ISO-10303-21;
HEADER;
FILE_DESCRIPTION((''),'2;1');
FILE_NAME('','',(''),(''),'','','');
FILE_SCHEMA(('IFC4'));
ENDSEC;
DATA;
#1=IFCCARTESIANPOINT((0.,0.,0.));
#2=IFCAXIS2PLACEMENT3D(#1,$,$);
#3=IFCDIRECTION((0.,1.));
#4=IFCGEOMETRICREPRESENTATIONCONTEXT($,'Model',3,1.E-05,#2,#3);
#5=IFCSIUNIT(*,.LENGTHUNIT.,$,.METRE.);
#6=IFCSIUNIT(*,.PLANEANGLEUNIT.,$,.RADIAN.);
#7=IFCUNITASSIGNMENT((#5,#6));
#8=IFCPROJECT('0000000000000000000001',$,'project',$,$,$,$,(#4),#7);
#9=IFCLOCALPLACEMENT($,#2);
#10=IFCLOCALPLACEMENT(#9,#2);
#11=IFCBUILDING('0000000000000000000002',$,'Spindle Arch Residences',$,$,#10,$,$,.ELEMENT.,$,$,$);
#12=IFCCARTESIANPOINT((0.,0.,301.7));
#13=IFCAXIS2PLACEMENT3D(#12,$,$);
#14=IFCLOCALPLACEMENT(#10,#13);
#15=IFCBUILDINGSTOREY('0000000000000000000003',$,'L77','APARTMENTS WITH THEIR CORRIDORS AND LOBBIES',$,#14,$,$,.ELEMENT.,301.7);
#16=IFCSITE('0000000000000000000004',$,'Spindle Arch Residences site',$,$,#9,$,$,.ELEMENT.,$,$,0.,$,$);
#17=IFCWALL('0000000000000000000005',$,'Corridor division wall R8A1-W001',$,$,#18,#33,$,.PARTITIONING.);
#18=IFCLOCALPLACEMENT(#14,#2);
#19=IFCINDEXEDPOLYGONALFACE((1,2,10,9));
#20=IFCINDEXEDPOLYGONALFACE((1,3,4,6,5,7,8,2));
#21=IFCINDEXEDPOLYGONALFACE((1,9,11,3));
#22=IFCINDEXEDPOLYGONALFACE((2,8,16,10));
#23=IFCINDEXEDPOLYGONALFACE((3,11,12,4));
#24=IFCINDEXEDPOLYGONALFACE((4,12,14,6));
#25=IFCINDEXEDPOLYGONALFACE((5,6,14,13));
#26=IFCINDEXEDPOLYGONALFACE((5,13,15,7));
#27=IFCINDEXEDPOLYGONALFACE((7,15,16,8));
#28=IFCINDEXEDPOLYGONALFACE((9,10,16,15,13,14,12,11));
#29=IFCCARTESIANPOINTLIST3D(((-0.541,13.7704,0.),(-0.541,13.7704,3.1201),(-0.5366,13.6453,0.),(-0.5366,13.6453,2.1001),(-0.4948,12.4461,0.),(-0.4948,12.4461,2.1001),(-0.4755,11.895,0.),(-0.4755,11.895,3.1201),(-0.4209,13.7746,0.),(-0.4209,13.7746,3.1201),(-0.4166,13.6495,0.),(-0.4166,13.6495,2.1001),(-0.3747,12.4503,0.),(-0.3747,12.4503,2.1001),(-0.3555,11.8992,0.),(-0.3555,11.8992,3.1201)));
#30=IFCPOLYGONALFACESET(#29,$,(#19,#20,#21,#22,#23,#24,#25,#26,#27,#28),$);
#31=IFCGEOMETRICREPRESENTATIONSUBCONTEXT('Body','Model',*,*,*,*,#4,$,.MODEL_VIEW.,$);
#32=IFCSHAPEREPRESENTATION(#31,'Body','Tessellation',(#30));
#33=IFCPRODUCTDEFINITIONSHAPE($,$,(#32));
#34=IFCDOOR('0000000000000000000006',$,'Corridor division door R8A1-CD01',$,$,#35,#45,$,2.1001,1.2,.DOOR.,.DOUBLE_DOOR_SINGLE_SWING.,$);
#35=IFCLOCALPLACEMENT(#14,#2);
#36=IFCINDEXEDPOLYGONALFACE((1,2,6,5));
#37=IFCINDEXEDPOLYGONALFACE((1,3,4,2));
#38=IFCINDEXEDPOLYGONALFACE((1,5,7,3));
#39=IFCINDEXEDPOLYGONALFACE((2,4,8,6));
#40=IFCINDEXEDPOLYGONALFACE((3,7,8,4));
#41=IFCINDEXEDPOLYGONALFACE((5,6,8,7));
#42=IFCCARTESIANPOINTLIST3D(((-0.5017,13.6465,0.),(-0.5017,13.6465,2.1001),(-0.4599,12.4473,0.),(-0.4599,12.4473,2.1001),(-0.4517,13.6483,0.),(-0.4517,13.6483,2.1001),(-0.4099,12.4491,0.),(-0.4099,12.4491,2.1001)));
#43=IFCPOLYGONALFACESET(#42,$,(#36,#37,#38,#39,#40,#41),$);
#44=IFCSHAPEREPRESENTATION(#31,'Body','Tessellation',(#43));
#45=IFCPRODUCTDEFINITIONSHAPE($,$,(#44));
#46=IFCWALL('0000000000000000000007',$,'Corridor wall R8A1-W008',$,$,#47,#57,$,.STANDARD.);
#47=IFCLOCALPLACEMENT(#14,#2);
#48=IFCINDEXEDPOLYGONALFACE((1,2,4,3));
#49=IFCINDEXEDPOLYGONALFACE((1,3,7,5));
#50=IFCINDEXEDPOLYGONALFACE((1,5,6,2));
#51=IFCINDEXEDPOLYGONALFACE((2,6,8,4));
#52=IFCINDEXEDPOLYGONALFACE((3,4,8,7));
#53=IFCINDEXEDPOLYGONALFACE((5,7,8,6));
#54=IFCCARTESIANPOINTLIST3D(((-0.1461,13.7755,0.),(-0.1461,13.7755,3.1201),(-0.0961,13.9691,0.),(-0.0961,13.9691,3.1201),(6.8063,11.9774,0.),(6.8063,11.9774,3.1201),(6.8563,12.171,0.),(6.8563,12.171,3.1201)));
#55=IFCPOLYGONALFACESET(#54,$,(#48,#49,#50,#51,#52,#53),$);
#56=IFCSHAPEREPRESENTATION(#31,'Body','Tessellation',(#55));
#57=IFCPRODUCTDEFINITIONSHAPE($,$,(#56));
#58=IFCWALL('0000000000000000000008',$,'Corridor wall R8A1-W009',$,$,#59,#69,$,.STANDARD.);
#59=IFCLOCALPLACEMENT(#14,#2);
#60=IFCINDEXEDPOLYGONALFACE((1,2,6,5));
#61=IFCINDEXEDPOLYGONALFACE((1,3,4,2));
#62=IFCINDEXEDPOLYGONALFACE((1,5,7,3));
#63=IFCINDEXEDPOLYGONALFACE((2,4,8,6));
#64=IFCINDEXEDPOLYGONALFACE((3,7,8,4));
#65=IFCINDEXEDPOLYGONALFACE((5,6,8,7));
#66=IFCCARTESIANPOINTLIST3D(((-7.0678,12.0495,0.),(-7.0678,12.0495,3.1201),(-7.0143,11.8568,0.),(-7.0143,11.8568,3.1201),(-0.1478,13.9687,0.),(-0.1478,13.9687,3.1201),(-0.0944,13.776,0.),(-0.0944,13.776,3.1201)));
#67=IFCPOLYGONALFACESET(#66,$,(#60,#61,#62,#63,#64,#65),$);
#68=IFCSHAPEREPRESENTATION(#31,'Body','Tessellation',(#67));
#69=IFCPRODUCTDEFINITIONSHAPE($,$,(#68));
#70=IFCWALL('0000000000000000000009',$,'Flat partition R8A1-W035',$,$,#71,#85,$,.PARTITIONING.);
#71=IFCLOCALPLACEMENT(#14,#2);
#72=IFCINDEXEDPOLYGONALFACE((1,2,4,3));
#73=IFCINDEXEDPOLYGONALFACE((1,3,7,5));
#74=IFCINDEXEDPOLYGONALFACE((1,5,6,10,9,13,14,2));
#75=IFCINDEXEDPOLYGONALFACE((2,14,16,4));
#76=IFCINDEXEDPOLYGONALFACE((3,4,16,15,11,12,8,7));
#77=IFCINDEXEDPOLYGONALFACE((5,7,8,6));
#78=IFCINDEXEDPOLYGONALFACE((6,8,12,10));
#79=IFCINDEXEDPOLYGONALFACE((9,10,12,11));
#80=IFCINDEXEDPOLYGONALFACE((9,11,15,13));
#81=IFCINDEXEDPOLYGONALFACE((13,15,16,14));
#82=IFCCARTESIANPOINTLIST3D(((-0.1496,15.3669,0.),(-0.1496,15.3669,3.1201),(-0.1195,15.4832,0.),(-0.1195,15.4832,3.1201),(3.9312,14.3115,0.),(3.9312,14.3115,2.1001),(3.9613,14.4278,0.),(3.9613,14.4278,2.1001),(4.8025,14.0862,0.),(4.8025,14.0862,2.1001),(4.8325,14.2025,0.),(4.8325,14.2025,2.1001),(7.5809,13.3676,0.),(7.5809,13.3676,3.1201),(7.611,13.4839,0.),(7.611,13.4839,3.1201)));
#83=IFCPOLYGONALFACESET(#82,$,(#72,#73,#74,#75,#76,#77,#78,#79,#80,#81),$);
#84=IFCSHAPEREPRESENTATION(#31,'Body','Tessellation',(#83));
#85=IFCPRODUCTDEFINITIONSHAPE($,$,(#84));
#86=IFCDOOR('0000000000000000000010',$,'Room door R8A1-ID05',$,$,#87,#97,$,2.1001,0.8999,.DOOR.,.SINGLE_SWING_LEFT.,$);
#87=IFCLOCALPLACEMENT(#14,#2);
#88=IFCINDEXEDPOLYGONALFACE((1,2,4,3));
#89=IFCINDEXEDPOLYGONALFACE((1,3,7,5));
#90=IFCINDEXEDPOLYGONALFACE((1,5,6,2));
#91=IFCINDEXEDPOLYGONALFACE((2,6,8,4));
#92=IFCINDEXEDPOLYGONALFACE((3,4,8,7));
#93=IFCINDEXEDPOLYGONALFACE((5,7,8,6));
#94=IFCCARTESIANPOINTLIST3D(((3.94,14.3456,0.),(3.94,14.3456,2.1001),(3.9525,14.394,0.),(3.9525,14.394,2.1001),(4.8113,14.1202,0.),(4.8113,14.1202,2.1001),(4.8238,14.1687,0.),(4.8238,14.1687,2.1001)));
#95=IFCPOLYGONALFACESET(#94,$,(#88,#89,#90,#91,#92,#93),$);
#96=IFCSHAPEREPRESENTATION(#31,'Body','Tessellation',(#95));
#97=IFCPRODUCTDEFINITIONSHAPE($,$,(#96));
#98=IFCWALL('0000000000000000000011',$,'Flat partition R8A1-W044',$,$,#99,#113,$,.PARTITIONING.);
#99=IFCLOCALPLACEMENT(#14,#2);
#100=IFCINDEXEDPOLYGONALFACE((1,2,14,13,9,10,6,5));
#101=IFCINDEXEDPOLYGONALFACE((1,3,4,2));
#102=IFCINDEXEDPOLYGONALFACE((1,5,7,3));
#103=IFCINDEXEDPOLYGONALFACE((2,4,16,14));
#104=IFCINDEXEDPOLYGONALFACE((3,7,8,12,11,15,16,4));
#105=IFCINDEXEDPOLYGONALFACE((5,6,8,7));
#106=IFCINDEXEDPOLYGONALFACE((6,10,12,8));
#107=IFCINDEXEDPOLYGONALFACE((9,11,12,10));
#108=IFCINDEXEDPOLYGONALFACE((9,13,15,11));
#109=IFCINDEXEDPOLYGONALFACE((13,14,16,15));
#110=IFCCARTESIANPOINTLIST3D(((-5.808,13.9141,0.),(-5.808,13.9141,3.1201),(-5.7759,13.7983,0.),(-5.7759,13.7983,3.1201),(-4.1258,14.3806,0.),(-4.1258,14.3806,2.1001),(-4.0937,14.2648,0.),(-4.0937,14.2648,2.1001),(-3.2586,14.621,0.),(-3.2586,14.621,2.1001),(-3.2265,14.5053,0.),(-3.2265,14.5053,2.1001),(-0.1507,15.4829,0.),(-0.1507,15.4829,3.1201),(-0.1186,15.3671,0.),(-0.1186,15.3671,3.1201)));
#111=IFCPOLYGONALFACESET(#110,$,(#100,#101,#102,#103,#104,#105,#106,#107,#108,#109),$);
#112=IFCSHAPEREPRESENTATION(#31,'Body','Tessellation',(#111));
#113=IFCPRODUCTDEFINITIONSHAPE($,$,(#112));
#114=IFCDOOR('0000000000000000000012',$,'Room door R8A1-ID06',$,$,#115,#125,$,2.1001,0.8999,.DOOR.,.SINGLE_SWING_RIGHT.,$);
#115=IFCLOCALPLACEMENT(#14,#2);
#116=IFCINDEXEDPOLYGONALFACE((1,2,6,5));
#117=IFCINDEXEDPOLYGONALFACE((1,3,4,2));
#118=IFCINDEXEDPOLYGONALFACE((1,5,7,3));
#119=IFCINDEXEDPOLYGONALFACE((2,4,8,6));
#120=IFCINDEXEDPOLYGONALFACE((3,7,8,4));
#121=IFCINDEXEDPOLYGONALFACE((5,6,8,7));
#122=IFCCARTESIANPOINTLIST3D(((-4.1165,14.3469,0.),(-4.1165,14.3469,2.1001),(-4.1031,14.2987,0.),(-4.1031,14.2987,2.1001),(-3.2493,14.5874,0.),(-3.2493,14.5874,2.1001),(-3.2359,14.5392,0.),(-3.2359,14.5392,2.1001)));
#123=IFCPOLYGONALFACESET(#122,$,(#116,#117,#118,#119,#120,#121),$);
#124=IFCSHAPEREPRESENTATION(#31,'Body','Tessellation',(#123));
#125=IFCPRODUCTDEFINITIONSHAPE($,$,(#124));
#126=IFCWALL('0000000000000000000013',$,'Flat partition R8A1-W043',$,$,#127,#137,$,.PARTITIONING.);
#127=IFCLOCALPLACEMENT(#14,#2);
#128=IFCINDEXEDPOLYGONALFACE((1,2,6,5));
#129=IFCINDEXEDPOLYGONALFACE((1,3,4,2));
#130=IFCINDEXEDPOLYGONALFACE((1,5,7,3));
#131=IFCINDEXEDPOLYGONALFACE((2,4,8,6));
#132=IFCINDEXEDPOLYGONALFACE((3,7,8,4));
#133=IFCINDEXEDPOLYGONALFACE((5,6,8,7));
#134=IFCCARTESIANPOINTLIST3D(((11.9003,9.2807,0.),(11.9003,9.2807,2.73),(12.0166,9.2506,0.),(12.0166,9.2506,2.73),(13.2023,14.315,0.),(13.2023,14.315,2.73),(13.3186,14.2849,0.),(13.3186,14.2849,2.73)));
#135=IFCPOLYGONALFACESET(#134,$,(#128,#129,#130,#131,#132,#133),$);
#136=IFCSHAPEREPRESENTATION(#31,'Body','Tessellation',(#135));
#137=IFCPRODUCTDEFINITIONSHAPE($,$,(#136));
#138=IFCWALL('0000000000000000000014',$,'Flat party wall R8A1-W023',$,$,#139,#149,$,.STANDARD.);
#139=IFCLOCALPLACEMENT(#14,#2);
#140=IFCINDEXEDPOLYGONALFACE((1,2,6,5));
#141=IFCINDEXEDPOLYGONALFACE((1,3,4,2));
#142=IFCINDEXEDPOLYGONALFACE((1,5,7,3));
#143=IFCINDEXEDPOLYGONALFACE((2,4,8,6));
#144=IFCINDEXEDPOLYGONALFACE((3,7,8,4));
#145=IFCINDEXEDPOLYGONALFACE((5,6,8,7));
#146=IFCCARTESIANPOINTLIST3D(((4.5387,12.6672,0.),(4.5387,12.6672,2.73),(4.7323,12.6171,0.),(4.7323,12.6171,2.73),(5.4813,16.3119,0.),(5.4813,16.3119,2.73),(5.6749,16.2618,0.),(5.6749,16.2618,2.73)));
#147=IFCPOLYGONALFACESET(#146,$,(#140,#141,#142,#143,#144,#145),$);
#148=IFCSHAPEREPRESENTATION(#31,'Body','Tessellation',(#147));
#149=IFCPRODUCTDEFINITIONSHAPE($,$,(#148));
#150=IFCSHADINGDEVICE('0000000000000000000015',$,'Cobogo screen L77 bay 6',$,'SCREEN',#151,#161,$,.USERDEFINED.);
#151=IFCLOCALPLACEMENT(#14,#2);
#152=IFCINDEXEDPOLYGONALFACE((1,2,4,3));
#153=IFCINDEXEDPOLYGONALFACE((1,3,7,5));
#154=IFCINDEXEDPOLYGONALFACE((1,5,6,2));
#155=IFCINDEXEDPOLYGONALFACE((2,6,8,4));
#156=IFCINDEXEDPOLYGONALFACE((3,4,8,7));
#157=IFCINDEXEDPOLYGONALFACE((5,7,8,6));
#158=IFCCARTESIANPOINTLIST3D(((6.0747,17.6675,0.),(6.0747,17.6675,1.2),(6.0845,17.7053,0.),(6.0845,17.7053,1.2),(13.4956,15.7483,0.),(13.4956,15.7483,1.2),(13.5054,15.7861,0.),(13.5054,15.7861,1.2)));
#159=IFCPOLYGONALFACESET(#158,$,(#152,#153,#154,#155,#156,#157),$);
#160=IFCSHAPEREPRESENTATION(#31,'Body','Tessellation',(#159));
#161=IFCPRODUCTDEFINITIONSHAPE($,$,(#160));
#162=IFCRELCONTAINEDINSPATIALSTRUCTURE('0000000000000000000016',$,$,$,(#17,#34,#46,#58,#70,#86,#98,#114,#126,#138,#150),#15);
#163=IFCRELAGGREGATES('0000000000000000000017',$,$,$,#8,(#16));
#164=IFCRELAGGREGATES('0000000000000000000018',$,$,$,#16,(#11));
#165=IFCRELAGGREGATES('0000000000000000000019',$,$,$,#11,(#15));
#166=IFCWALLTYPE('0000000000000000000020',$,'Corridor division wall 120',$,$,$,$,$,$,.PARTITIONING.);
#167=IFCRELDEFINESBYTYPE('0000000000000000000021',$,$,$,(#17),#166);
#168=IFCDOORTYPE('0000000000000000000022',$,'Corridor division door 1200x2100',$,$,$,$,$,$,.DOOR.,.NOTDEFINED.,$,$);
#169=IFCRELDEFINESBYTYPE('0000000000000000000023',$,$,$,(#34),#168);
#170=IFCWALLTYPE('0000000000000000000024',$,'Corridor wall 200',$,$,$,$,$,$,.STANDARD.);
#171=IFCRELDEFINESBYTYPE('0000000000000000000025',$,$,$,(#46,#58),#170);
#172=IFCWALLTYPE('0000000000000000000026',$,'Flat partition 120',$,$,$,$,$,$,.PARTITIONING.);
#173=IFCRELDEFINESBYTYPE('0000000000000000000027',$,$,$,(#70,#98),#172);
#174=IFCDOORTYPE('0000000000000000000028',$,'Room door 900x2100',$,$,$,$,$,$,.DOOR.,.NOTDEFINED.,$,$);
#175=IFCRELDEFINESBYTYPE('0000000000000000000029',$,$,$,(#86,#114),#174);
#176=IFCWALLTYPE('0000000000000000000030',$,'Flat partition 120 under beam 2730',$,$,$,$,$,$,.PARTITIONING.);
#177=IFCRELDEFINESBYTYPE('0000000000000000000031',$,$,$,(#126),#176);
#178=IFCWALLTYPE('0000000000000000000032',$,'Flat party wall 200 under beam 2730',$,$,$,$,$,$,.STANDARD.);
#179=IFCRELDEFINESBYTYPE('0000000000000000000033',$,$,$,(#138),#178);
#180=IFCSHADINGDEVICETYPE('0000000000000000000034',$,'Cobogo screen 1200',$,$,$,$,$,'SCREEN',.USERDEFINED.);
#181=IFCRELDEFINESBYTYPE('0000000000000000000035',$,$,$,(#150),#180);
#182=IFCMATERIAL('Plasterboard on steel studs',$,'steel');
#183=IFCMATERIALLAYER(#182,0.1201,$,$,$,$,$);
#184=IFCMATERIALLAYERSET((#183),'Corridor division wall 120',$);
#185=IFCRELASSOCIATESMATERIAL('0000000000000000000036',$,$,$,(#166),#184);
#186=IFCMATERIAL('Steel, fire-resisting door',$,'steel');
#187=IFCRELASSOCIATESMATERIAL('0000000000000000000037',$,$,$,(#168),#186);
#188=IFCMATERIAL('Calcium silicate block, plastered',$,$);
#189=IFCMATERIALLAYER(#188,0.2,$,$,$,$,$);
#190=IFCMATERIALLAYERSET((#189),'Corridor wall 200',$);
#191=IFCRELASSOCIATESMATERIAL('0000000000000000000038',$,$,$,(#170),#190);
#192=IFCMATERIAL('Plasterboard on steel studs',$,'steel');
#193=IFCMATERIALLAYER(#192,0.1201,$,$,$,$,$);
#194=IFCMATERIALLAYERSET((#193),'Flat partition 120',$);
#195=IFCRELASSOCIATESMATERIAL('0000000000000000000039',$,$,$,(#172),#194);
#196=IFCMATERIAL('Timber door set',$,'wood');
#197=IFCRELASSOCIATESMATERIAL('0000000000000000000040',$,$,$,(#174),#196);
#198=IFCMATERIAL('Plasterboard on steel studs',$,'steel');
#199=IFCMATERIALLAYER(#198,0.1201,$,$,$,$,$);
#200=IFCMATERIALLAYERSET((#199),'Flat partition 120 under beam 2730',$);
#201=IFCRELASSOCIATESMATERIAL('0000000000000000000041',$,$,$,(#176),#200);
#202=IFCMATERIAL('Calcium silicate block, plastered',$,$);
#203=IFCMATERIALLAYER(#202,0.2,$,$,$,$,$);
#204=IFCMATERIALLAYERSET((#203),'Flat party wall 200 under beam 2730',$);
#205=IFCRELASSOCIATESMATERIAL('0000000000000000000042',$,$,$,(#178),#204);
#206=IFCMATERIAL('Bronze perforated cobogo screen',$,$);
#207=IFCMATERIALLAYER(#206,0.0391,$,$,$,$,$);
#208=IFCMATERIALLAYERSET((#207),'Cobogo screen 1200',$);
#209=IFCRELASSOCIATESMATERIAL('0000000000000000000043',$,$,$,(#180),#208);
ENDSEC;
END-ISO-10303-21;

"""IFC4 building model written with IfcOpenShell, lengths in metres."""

from ifc_helpers import new_model, si_unit, direction, frame, frame_2d, origin, origin_2d, place, context, subcontext, project, spatial, rectangle, extrude, material, layer, layer_set, type_object, element, fill, save


model = new_model("IFC4")

# Units and contexts
model_context = context("Model", 3, precision=1e-05, world=origin(), true_north=direction((0.0, 1.0)))
body_context = subcontext(model_context, "Body", "Model", "MODEL_VIEW")
ifc_project = project(units=[si_unit("LENGTHUNIT", "METRE"), si_unit("PLANEANGLEUNIT", "RADIAN")], contexts=[model_context])

# Site, building, storey
site_placement = place(None, origin())
site = spatial("IfcSite", under=ifc_project, at=site_placement, Name="Spindle Arch Residences site", CompositionType="ELEMENT", RefElevation=0.0)
building_placement = place(site_placement, origin())
building = spatial("IfcBuilding", under=site, at=building_placement, Name="Spindle Arch Residences", CompositionType="ELEMENT")
storey_placement = place(building_placement, frame((0.0, 0.0, 301.7)))
storey = spatial("IfcBuildingStorey", under=building, at=storey_placement, Name="L77", Description="APARTMENTS WITH THEIR CORRIDORS AND LOBBIES", CompositionType="ELEMENT", Elevation=301.7)

# Wall, opening, door
ifc_material_1 = material(Name="Plasterboard on steel studs", Category="steel")
ifc_layer_1 = layer(ifc_material_1, 0.1201)
ifc_layer_set_1 = layer_set([ifc_layer_1], Name="Corridor division wall 120")
wall_type_1 = type_object("IfcWallType", Name="Corridor division wall 120", PredefinedType="PARTITIONING", material=ifc_layer_set_1)
wall_1_placement = place(storey_placement, frame((-0.481, 13.7725, 0.0), z_axis=(0.0, 0.0, 1.0), x_axis=(0.03487, -0.999392, 0.0)))
wall_1 = element("IfcWall", 1, at=wall_1_placement, inside=storey, type_object=wall_type_1, Name="Corridor division wall R8A1-W001", PredefinedType="PARTITIONING", context=body_context, shape_type="SweptSolid", body=[
    extrude(rectangle(XDim=1.8765, YDim=0.1201, at=frame_2d((0.9382, 0.0))), origin(), (0.0, 0.0, 1.0), 3.1201),
])
opening_1_placement = place(wall_1_placement, frame((0.125, 0.0, 0.0)))
opening_1 = element("IfcOpeningElement", 2, at=opening_1_placement, cuts=wall_1, PredefinedType="OPENING", context=body_context, shape_type="SweptSolid", body=[
    extrude(rectangle(XDim=1.2, YDim=2.1001, at=frame_2d((0.6001, 1.05))), frame((0.0, 0.0701, 0.0), z_axis=(0.0, -1.0, 0.0), x_axis=(1.0, 0.0, 0.0)), (0.0, 0.0, 1.0), 0.1401),
])
ifc_material_2 = material(Name="Steel, fire-resisting door", Category="steel")
door_type_1 = type_object("IfcDoorType", Name="Corridor division door 1200x2100", OperationType="NOTDEFINED", PredefinedType="DOOR", material=ifc_material_2)
door_1_placement = place(opening_1_placement, origin())
door_1 = element("IfcDoor", 3, at=door_1_placement, inside=storey, type_object=door_type_1, Name="Corridor division door R8A1-CD01", OperationType="DOUBLE_DOOR_SINGLE_SWING", OverallHeight=2.1001, OverallWidth=1.2, PredefinedType="DOOR", context=body_context, shape_type="SweptSolid", body=[
    extrude(rectangle(XDim=1.2, YDim=2.1001, at=frame_2d((0.6001, 1.05))), frame((0.0, 0.0249, 0.0), z_axis=(0.0, -1.0, 0.0), x_axis=(1.0, 0.0, 0.0)), (0.0, 0.0, 1.0), 0.05),
])
fill(opening_1, door_1)

# Walls
ifc_material_3 = material(Name="Calcium silicate block, plastered")
ifc_layer_2 = layer(ifc_material_3, 0.2)
ifc_layer_set_2 = layer_set([ifc_layer_2], Name="Corridor wall 200")
wall_type_2 = type_object("IfcWallType", Name="Corridor wall 200", PredefinedType="STANDARD", material=ifc_layer_set_2)
for number, where, z_axis, x_axis, name in (
    (4, (6.8313, 12.0742, 0.0), (0.0, 0.0, 1.0), (-0.968145, 0.250391, 0.0), "Corridor wall R8A1-W008"),
    (5, (-0.1211, 13.8723, 0.0), (0.0, 0.0, 1.0), (-0.963626, -0.267255, 0.0), "Corridor wall R8A1-W009"),
):
    element("IfcWall", number, at=place(storey_placement, frame(where, z_axis=z_axis, x_axis=x_axis)), inside=storey, type_object=wall_type_2, Name=name, PredefinedType="STANDARD", context=body_context, shape_type="SweptSolid", body=[
        extrude(rectangle(XDim=7.1812, YDim=0.2, at=frame_2d((3.5906, 0.0))), origin(), (0.0, 0.0, 1.0), 3.1201),
    ])

# Walls, openings, doors
ifc_material_4 = material(Name="Plasterboard on steel studs", Category="steel")
ifc_layer_3 = layer(ifc_material_4, 0.1201)
ifc_layer_set_3 = layer_set([ifc_layer_3], Name="Flat partition 120")
wall_type_3 = type_object("IfcWallType", Name="Flat partition 120", PredefinedType="PARTITIONING", material=ifc_layer_set_3)
wall_2_placement = place(storey_placement, frame((7.5959, 13.4258, 0.0), z_axis=(0.0, 0.0, 1.0), x_axis=(-0.968147, 0.250384, 0.0)))
wall_2 = element("IfcWall", 6, at=wall_2_placement, inside=storey, type_object=wall_type_3, Name="Flat partition R8A1-W035", PredefinedType="PARTITIONING", context=body_context, shape_type="SweptSolid", body=[
    extrude(rectangle(XDim=7.9849, YDim=0.1201, at=frame_2d((3.9924, 0.0))), origin(), (0.0, 0.0, 1.0), 3.1201),
])
opening_2_placement = place(wall_2_placement, frame((2.8699, 0.0, 0.0)))
opening_2 = element("IfcOpeningElement", 7, at=opening_2_placement, cuts=wall_2, PredefinedType="OPENING", context=body_context, shape_type="SweptSolid", body=[
    extrude(rectangle(XDim=0.8999, YDim=2.1001, at=frame_2d((0.45, 1.05))), frame((0.0, 0.0701, 0.0), z_axis=(0.0, -1.0, 0.0), x_axis=(1.0, 0.0, 0.0)), (0.0, 0.0, 1.0), 0.1401),
])
ifc_material_5 = material(Name="Timber door set", Category="wood")
door_type_2 = type_object("IfcDoorType", Name="Room door 900x2100", OperationType="NOTDEFINED", PredefinedType="DOOR", material=ifc_material_5)
door_2_placement = place(opening_2_placement, origin())
door_2 = element("IfcDoor", 8, at=door_2_placement, inside=storey, type_object=door_type_2, Name="Room door R8A1-ID05", OperationType="SINGLE_SWING_LEFT", OverallHeight=2.1001, OverallWidth=0.8999, PredefinedType="DOOR", context=body_context, shape_type="SweptSolid", body=[
    extrude(rectangle(XDim=0.8999, YDim=2.1001, at=frame_2d((0.45, 1.05))), frame((0.0, 0.0249, 0.0), z_axis=(0.0, -1.0, 0.0), x_axis=(1.0, 0.0, 0.0)), (0.0, 0.0, 1.0), 0.05),
])
fill(opening_2, door_2)
wall_3_placement = place(storey_placement, frame((-0.1345, 15.425, 0.0), z_axis=(0.0, 0.0, 1.0), x_axis=(-0.963635, -0.267221, 0.0)))
wall_3 = element("IfcWall", 9, at=wall_3_placement, inside=storey, type_object=wall_type_3, Name="Flat partition R8A1-W044", PredefinedType="PARTITIONING", context=body_context, shape_type="SweptSolid", body=[
    extrude(rectangle(XDim=5.8708, YDim=0.1201, at=frame_2d((2.9355, 0.0))), origin(), (0.0, 0.0, 1.0), 3.1201),
])
opening_3_placement = place(wall_3_placement, frame((3.2253, 0.0, 0.0)))
opening_3 = element("IfcOpeningElement", 10, at=opening_3_placement, cuts=wall_3, PredefinedType="OPENING", context=body_context, shape_type="SweptSolid", body=[
    extrude(rectangle(XDim=0.8999, YDim=2.1001, at=frame_2d((0.45, 1.05))), frame((0.0, 0.0701, 0.0), z_axis=(0.0, -1.0, 0.0), x_axis=(1.0, 0.0, 0.0)), (0.0, 0.0, 1.0), 0.1401),
])
door_3_placement = place(opening_3_placement, origin())
door_3 = element("IfcDoor", 11, at=door_3_placement, inside=storey, type_object=door_type_2, Name="Room door R8A1-ID06", OperationType="SINGLE_SWING_RIGHT", OverallHeight=2.1001, OverallWidth=0.8999, PredefinedType="DOOR", context=body_context, shape_type="SweptSolid", body=[
    extrude(rectangle(XDim=0.8999, YDim=2.1001, at=frame_2d((0.45, 1.05))), frame((0.0, 0.0249, 0.0), z_axis=(0.0, -1.0, 0.0), x_axis=(1.0, 0.0, 0.0)), (0.0, 0.0, 1.0), 0.05),
])
fill(opening_3, door_3)

# Walls
ifc_material_6 = material(Name="Plasterboard on steel studs", Category="steel")
ifc_layer_4 = layer(ifc_material_6, 0.1201)
ifc_layer_set_4 = layer_set([ifc_layer_4], Name="Flat partition 120 under beam 2730")
wall_type_4 = type_object("IfcWallType", Name="Flat partition 120 under beam 2730", PredefinedType="PARTITIONING", material=ifc_layer_set_4)
wall_4_placement = place(storey_placement, frame((13.2605, 14.3, 0.0), z_axis=(0.0, 0.0, 1.0), x_axis=(-0.250382, -0.968147, 0.0)))
element("IfcWall", 12, at=wall_4_placement, inside=storey, type_object=wall_type_4, Name="Flat partition R8A1-W043", PredefinedType="PARTITIONING", context=body_context, shape_type="SweptSolid", body=[
    extrude(rectangle(XDim=5.2, YDim=0.1201, at=frame_2d((2.6001, 0.0))), origin(), (0.0, 0.0, 1.0), 2.73),
])
ifc_material_7 = material(Name="Calcium silicate block, plastered")
ifc_layer_5 = layer(ifc_material_7, 0.2)
ifc_layer_set_5 = layer_set([ifc_layer_5], Name="Flat party wall 200 under beam 2730")
wall_type_5 = type_object("IfcWallType", Name="Flat party wall 200 under beam 2730", PredefinedType="STANDARD", material=ifc_layer_set_5)
wall_5_placement = place(storey_placement, frame((5.5781, 16.2869, 0.0), z_axis=(0.0, 0.0, 1.0), x_axis=(-0.250386, -0.968146, 0.0)))
element("IfcWall", 13, at=wall_5_placement, inside=storey, type_object=wall_type_5, Name="Flat party wall R8A1-W023", PredefinedType="STANDARD", context=body_context, shape_type="SweptSolid", body=[
    extrude(rectangle(XDim=3.7646, YDim=0.2, at=frame_2d((1.8823, 0.0))), origin(), (0.0, 0.0, 1.0), 2.73),
])

# Shading device
ifc_material_8 = material(Name="Bronze perforated cobogo screen")
ifc_layer_6 = layer(ifc_material_8, 0.0391)
ifc_layer_set_6 = layer_set([ifc_layer_6], Name="Cobogo screen 1200")
shading_device_type = type_object("IfcShadingDeviceType", Name="Cobogo screen 1200", ElementType="SCREEN", PredefinedType="USERDEFINED", material=ifc_layer_set_6)
shading_device_placement = place(storey_placement, frame((9.79, 16.7268, 0.0), z_axis=(0.0, 0.0, 1.0), x_axis=(-0.968148, 0.25038, 0.0)))
element("IfcShadingDevice", 14, at=shading_device_placement, inside=storey, type_object=shading_device_type, Name="Cobogo screen L77 bay 6", ObjectType="SCREEN", PredefinedType="USERDEFINED", context=body_context, shape_type="SweptSolid", body=[
    extrude(rectangle(XDim=7.665, YDim=0.0391, at=origin_2d()), origin(), (0.0, 0.0, 1.0), 1.2),
])

save(model, "model.ifc")
